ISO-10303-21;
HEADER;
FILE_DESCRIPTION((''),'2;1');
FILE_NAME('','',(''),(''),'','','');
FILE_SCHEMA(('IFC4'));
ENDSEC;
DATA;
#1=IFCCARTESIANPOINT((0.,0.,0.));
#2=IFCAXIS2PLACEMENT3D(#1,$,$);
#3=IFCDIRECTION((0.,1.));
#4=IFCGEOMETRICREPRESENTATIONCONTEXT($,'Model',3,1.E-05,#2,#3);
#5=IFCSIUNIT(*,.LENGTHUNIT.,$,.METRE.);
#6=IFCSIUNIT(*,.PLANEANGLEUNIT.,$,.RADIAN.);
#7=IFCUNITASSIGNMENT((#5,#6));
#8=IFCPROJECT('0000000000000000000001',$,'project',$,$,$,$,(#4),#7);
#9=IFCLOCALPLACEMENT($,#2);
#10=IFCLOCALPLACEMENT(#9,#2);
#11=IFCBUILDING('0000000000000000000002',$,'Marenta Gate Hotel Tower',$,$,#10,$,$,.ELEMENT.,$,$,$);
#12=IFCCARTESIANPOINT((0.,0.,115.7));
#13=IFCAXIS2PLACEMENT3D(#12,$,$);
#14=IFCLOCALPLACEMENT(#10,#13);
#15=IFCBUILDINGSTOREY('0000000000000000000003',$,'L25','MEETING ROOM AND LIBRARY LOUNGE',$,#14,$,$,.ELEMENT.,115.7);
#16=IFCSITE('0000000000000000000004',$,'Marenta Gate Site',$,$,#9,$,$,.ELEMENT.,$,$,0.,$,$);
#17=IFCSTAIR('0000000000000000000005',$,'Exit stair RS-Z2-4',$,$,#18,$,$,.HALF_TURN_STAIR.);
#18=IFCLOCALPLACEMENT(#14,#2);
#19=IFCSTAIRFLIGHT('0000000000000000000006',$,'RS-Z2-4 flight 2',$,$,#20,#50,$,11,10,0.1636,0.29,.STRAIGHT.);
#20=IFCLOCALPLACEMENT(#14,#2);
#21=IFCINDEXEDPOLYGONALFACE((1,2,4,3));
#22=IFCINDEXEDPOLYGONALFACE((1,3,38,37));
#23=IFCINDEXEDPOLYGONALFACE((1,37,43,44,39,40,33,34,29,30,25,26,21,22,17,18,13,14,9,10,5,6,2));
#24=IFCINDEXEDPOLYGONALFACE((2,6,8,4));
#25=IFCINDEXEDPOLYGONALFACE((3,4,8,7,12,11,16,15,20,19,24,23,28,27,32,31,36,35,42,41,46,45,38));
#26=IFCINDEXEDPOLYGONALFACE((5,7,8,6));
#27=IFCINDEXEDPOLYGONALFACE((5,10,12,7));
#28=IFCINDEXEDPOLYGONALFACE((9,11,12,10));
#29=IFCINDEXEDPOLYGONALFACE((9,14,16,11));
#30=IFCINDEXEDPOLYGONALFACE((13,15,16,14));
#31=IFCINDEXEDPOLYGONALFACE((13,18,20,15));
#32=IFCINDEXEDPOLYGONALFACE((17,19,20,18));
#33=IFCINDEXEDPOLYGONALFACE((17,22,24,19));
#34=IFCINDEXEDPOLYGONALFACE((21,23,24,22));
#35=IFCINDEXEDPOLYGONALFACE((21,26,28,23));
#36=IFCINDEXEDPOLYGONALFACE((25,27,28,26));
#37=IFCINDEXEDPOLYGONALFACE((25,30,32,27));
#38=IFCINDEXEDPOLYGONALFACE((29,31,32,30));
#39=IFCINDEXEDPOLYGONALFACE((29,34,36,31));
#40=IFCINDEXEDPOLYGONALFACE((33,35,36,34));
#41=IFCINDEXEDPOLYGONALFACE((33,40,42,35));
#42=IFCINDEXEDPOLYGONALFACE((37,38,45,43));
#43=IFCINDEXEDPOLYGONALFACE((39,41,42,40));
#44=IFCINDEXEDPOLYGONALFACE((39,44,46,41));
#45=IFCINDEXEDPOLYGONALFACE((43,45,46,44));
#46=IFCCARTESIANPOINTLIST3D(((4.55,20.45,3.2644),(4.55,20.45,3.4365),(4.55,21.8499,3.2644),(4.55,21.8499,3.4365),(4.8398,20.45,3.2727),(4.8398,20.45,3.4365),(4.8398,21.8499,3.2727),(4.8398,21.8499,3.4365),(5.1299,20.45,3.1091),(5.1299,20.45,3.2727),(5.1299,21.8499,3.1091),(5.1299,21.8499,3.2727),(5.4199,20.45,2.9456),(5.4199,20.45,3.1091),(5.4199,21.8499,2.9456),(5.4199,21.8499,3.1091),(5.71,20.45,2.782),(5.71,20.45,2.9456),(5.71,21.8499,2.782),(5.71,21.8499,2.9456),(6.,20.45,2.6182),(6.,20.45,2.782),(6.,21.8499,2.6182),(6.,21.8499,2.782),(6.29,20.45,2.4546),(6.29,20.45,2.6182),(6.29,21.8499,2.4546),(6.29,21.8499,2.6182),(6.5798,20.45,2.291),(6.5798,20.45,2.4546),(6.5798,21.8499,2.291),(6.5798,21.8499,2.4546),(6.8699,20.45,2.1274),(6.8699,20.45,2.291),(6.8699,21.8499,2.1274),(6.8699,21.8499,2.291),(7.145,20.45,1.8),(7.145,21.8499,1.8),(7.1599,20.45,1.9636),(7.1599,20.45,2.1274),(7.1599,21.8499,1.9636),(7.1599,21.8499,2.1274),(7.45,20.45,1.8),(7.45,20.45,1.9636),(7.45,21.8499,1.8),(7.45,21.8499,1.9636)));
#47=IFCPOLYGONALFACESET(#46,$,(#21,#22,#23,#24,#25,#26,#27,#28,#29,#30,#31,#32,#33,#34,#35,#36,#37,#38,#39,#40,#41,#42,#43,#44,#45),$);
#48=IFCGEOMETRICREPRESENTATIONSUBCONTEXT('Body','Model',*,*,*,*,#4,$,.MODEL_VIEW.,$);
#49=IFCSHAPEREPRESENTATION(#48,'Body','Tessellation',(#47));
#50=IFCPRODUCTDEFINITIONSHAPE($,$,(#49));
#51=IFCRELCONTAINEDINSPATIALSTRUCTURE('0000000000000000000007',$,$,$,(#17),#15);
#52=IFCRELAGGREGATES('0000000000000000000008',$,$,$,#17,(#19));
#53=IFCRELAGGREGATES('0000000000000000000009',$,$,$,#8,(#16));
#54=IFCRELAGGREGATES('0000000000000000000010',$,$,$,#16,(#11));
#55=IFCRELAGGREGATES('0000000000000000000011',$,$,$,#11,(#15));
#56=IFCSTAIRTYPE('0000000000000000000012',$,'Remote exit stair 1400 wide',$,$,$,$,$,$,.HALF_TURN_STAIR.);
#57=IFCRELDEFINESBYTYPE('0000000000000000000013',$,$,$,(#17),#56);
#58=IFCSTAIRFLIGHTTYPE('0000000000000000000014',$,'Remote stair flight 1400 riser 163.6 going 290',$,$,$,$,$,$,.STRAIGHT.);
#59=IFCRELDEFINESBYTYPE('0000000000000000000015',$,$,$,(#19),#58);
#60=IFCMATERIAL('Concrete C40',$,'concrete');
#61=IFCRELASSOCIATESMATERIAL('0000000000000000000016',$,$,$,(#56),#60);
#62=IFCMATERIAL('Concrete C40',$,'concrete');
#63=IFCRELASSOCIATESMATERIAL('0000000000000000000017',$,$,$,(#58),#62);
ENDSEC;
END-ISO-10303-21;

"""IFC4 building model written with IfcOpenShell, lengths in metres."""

from ifc_helpers import new_model, si_unit, direction, frame, origin, place, context, subcontext, project, spatial, polyline, outline, extrude, material, type_object, element, aggregate, save


model = new_model("IFC4")

# Units and contexts
model_context = context("Model", 3, precision=1e-05, world=origin(), true_north=direction((0.0, 1.0)))
body_context = subcontext(model_context, "Body", "Model", "MODEL_VIEW")
ifc_project = project(units=[si_unit("LENGTHUNIT", "METRE"), si_unit("PLANEANGLEUNIT", "RADIAN")], contexts=[model_context])

# Site, building, storey
site_placement = place(None, origin())
site = spatial("IfcSite", under=ifc_project, at=site_placement, Name="Marenta Gate Site", CompositionType="ELEMENT", RefElevation=0.0)
building_placement = place(site_placement, origin())
building = spatial("IfcBuilding", under=site, at=building_placement, Name="Marenta Gate Hotel Tower", CompositionType="ELEMENT")
storey_placement = place(building_placement, frame((0.0, 0.0, 115.7)))
storey = spatial("IfcBuildingStorey", under=building, at=storey_placement, Name="L25", Description="MEETING ROOM AND LIBRARY LOUNGE", CompositionType="ELEMENT", Elevation=115.7)

# Stair, stair flight
ifc_material_1 = material(Name="Concrete C40", Category="concrete")
stair_type = type_object("IfcStairType", Name="Remote exit stair 1400 wide", PredefinedType="HALF_TURN_STAIR", material=ifc_material_1)
stair_placement = place(storey_placement, origin())
stair = element("IfcStair", 1, at=stair_placement, inside=storey, type_object=stair_type, Name="Exit stair RS-Z2-4", PredefinedType="HALF_TURN_STAIR")
ifc_material_2 = material(Name="Concrete C40", Category="concrete")
stair_flight_type = type_object("IfcStairFlightType", Name="Remote stair flight 1400 riser 163.6 going 290", PredefinedType="STRAIGHT", material=ifc_material_2)
stair_flight_1_placement = place(storey_placement, frame((7.45, 21.1499, 1.8), z_axis=(0.0, 0.0, 1.0), x_axis=(-1.0, 0.0, 0.0)))
stair_flight_1 = element("IfcStairFlight", 2, at=stair_flight_1_placement, type_object=stair_flight_type, Name="RS-Z2-4 flight 2", NumberOfRisers=11, NumberOfTreads=10, PredefinedType="STRAIGHT", RiserHeight=0.1636, TreadLength=0.29, context=body_context, shape_type="SweptSolid", body=[
    extrude(outline(polyline([(0.0, 0.0), (0.0, 0.1636), (0.29, 0.1636), (0.29, 0.3274), (0.5801, 0.3274), (0.5801, 0.491), (0.8701, 0.491), (0.8701, 0.6545), (1.1599, 0.6545), (1.1599, 0.8181), (1.45, 0.8181), (1.45, 0.9819), (1.74, 0.9819), (1.74, 1.1455), (2.03, 1.1455), (2.03, 1.3091), (2.3201, 1.3091), (2.3201, 1.4727), (2.6101, 1.4727), (2.6101, 1.6365), (2.8999, 1.6365), (2.8999, 1.8), (2.8999, 1.4644), (0.3049, 0.0), (0.0, 0.0)])), frame((0.0, 0.7, 0.0), z_axis=(0.0, -1.0, 0.0), x_axis=(1.0, 0.0, 0.0)), (0.0, 0.0, 1.0), 1.3999),
])
aggregate(stair, [stair_flight_1])

save(model, "model.ifc")
